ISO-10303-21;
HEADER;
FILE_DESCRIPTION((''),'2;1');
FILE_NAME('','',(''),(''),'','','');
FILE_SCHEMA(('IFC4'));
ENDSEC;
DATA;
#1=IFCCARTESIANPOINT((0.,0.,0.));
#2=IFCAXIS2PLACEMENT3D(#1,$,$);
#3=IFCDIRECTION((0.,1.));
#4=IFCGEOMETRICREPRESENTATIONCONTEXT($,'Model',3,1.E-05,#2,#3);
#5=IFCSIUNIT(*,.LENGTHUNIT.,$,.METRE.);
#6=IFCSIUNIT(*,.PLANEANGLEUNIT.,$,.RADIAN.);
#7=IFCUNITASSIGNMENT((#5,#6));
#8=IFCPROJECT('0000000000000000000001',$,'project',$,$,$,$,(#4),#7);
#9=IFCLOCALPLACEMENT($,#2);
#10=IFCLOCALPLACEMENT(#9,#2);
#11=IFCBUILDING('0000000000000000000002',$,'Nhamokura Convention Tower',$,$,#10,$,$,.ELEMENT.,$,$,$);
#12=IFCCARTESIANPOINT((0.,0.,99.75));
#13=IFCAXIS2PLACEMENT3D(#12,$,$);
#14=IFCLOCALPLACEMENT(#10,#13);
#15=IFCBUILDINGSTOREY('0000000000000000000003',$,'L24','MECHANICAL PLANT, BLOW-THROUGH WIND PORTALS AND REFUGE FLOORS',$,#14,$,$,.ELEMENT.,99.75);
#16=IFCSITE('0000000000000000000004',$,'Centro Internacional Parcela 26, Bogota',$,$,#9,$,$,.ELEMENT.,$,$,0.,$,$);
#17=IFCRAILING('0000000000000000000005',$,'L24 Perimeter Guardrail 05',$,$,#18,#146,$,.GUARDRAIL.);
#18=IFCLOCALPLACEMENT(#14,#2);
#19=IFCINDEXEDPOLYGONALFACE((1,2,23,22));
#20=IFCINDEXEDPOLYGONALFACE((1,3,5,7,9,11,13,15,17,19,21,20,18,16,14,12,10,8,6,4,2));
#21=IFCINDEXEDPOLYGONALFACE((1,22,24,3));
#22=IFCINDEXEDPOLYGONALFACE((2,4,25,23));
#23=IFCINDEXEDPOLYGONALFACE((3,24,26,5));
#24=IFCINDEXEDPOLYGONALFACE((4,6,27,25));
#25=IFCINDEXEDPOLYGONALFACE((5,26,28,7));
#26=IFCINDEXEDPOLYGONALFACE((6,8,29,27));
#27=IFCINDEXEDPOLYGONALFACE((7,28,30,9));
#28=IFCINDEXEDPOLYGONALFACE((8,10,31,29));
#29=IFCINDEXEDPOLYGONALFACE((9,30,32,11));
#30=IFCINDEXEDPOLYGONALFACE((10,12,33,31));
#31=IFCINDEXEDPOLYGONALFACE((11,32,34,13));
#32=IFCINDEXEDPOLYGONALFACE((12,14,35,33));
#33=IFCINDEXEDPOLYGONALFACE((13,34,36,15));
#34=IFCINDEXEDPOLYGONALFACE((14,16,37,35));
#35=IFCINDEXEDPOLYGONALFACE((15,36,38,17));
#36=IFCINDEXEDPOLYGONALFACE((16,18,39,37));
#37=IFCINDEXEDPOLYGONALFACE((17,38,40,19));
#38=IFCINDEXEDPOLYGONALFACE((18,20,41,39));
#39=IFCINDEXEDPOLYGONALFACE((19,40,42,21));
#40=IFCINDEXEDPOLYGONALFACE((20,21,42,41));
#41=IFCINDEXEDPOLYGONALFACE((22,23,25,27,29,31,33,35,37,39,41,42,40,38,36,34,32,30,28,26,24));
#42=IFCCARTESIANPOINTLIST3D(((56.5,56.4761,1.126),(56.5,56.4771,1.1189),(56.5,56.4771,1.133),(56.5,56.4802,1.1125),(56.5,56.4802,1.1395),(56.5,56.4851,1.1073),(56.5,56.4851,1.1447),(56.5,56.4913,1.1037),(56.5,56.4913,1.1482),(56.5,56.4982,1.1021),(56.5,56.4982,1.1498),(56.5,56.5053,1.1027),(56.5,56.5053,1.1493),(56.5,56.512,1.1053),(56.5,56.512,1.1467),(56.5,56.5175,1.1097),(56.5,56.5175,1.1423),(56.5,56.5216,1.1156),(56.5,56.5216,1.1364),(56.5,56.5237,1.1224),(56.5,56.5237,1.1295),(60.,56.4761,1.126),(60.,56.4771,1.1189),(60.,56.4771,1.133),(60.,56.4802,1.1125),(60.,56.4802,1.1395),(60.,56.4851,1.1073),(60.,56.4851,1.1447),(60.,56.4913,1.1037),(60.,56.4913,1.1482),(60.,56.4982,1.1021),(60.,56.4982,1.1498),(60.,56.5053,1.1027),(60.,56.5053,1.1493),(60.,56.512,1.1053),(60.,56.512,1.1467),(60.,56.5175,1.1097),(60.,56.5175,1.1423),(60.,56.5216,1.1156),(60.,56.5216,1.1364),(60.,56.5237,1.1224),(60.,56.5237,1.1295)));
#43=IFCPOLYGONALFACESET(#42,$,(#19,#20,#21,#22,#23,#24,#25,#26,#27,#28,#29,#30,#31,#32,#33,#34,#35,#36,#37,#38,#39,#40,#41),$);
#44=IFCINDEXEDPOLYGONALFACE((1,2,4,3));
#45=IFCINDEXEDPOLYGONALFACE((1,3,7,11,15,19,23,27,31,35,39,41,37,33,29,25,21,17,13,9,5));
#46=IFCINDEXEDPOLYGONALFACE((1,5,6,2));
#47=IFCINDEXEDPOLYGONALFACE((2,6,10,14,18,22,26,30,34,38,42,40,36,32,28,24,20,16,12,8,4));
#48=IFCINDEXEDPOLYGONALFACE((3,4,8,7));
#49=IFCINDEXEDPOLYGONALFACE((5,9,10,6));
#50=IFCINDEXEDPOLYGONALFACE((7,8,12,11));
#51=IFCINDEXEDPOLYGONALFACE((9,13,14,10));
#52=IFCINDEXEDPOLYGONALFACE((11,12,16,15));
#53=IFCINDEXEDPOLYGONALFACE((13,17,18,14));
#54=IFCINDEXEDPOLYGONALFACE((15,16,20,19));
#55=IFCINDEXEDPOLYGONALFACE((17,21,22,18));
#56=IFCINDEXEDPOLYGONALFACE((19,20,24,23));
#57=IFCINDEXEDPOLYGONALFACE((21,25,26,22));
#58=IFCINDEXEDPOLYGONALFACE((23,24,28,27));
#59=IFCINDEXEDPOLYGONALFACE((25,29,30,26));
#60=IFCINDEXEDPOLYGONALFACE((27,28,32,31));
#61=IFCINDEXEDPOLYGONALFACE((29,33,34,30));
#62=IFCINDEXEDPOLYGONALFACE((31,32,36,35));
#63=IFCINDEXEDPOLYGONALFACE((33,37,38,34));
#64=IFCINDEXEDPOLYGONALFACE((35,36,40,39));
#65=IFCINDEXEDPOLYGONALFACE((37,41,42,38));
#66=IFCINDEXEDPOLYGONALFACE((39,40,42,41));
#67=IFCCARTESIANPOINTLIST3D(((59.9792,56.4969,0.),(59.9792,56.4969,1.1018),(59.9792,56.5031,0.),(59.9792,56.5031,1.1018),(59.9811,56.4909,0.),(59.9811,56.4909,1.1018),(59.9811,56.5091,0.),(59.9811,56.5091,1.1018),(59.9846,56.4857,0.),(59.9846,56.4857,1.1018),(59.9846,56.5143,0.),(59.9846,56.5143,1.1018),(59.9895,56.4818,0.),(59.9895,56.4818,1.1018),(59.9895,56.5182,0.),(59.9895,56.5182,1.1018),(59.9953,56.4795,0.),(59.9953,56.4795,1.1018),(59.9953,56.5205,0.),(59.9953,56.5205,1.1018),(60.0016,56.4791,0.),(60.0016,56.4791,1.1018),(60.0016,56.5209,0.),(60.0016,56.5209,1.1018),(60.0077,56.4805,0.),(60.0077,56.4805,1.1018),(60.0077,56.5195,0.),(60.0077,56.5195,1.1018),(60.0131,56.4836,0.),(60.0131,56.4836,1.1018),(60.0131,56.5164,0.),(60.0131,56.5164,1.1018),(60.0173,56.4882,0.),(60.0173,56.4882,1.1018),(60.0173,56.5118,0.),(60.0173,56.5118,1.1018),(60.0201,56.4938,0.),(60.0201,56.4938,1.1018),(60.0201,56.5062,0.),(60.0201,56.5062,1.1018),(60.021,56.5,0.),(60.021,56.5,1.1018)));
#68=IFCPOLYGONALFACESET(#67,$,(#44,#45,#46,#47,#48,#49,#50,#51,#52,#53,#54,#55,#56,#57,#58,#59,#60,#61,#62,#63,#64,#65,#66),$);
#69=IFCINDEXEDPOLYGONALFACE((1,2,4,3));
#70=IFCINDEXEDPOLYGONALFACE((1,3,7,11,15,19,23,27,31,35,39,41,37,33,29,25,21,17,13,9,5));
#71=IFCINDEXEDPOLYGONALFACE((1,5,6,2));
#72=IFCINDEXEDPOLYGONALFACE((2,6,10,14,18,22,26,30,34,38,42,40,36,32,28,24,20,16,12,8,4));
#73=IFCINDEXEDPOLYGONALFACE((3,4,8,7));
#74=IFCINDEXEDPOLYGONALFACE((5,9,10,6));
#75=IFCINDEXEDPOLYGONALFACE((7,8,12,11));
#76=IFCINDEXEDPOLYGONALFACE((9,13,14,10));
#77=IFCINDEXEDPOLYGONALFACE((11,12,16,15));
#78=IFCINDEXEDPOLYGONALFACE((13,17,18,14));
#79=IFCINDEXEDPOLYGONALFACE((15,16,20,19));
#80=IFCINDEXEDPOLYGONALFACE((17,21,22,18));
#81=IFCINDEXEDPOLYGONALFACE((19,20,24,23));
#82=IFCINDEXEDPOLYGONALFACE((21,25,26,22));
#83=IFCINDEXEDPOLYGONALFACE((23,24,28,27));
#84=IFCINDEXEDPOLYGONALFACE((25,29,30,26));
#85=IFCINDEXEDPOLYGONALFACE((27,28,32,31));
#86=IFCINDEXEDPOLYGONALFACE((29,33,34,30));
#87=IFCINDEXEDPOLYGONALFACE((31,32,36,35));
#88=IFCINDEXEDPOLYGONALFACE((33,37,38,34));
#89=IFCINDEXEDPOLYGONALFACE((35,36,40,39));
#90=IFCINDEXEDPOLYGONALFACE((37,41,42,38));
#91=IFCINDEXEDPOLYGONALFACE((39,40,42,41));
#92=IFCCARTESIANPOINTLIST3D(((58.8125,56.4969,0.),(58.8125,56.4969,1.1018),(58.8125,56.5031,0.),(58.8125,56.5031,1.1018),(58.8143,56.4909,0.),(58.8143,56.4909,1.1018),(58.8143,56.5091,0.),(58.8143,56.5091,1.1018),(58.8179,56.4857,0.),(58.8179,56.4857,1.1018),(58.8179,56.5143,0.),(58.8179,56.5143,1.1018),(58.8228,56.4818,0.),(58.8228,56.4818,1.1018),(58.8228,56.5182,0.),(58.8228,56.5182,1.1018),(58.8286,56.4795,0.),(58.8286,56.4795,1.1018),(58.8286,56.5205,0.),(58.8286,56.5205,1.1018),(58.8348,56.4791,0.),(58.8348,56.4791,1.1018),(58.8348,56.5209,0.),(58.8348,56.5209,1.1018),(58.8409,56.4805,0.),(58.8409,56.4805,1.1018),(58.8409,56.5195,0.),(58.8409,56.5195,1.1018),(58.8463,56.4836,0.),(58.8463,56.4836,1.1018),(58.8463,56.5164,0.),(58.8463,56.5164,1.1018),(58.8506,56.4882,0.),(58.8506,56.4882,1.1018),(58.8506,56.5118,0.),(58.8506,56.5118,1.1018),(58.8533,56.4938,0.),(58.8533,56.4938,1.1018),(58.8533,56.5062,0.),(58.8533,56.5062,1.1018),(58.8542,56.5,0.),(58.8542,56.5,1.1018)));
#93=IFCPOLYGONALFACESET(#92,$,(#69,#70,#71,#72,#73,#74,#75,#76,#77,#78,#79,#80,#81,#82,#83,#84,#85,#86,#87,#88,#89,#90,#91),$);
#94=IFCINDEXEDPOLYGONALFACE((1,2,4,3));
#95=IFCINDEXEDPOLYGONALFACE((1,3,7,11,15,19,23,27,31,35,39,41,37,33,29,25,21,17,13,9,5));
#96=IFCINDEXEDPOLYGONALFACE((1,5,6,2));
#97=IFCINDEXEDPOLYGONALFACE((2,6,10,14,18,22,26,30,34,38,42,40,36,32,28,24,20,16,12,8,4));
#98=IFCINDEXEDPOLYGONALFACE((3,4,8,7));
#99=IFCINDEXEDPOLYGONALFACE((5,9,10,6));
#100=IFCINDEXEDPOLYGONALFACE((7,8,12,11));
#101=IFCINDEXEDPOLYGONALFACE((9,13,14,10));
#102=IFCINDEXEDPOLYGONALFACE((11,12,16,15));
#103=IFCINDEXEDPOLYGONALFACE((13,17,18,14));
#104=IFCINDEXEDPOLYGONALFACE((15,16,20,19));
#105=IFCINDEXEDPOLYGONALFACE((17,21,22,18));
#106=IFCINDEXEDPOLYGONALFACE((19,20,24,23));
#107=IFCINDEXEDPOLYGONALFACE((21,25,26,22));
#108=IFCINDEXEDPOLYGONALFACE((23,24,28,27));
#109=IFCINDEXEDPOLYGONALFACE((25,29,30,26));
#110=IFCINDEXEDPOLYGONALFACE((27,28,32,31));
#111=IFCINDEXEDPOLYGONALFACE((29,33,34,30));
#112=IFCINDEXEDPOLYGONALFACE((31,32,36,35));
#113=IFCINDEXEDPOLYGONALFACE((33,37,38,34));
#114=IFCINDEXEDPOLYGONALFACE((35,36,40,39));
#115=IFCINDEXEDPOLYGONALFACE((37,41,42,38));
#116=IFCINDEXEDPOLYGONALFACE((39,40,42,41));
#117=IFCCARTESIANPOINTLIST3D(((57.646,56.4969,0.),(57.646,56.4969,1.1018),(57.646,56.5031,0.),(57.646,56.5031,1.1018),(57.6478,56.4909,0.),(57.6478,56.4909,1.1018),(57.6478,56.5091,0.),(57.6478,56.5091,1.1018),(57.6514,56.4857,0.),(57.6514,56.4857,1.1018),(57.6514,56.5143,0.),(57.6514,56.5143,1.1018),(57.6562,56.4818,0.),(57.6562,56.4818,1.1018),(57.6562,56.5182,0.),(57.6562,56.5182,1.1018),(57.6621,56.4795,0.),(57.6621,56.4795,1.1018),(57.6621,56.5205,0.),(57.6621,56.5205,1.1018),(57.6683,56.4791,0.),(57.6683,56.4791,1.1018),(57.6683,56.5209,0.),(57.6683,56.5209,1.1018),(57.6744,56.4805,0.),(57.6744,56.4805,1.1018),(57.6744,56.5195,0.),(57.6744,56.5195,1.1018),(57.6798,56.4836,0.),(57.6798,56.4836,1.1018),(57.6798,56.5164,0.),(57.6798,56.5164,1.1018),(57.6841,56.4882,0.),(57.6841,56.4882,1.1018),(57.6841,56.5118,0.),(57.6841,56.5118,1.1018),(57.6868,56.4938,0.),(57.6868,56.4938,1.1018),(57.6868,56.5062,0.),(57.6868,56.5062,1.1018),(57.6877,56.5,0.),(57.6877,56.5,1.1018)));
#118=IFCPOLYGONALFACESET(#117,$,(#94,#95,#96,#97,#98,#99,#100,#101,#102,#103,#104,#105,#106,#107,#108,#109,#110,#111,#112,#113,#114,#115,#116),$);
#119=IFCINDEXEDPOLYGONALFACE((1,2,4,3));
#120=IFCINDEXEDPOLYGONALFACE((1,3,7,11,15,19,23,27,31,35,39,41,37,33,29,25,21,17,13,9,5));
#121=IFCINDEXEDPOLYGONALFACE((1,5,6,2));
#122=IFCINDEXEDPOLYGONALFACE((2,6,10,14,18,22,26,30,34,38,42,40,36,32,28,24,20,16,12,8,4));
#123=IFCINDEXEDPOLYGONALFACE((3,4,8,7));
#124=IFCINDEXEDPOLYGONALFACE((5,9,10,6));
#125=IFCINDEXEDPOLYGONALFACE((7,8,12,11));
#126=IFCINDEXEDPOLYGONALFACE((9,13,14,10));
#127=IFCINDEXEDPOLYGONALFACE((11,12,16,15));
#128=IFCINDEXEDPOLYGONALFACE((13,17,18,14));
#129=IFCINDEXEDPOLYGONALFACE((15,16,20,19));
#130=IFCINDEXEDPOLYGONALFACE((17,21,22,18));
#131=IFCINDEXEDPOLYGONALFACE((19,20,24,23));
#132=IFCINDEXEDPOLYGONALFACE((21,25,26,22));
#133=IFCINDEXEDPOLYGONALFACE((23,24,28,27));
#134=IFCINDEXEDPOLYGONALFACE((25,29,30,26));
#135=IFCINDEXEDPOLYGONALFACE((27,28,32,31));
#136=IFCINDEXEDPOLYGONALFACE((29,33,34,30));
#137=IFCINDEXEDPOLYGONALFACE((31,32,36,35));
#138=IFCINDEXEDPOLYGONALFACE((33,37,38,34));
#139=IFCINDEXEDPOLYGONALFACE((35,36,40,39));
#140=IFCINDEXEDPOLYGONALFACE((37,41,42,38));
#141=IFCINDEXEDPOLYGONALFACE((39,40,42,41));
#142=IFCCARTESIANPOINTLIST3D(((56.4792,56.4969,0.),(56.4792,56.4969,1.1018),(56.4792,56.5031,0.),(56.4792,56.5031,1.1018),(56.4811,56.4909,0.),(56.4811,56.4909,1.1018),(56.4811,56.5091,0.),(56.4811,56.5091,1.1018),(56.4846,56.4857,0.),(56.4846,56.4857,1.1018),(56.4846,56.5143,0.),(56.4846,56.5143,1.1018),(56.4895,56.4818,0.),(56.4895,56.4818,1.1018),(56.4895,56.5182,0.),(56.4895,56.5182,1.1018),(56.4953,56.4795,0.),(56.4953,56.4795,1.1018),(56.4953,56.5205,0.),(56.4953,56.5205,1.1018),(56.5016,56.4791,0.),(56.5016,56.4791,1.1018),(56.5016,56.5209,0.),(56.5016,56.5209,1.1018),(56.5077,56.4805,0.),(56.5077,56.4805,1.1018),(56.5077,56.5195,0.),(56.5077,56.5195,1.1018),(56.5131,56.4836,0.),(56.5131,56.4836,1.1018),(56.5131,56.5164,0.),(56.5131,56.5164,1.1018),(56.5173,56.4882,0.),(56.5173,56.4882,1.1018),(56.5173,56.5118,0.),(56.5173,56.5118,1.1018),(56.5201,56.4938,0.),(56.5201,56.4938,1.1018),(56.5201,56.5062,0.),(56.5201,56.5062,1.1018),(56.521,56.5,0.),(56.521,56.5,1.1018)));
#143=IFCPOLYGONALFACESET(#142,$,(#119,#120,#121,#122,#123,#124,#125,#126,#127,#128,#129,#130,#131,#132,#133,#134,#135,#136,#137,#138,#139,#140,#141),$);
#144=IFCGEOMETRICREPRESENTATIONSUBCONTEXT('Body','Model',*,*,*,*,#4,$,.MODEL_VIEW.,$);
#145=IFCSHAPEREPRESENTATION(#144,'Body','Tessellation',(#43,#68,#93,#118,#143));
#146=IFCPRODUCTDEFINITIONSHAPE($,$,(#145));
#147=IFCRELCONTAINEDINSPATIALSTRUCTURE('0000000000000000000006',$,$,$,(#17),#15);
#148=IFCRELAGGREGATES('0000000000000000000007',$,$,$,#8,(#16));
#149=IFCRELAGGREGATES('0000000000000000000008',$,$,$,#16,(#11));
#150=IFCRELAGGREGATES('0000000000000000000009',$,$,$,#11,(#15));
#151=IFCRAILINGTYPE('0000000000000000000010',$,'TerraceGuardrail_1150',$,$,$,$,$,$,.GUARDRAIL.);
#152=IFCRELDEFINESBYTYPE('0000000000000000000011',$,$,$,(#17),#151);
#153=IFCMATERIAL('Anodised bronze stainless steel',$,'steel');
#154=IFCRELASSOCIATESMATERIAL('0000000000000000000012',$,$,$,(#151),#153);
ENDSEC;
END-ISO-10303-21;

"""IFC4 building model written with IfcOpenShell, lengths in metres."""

from ifc_helpers import new_model, si_unit, direction, frame, origin, origin_2d, place, context, subcontext, project, spatial, circle, extrude, material, type_object, element, save


model = new_model("IFC4")

# Units and contexts
model_context = context("Model", 3, precision=1e-05, world=origin(), true_north=direction((0.0, 1.0)))
body_context = subcontext(model_context, "Body", "Model", "MODEL_VIEW")
ifc_project = project(units=[si_unit("LENGTHUNIT", "METRE"), si_unit("PLANEANGLEUNIT", "RADIAN")], contexts=[model_context])

# Site, building, storey
site_placement = place(None, origin())
site = spatial("IfcSite", under=ifc_project, at=site_placement, Name="Centro Internacional Parcela 26, Bogota", CompositionType="ELEMENT", RefElevation=0.0)
building_placement = place(site_placement, origin())
building = spatial("IfcBuilding", under=site, at=building_placement, Name="Nhamokura Convention Tower", CompositionType="ELEMENT")
storey_placement = place(building_placement, frame((0.0, 0.0, 99.75)))
storey = spatial("IfcBuildingStorey", under=building, at=storey_placement, Name="L24", Description="MECHANICAL PLANT, BLOW-THROUGH WIND PORTALS AND REFUGE FLOORS", CompositionType="ELEMENT", Elevation=99.75)

# Railing
ifc_material_1 = material(Name="Anodised bronze stainless steel", Category="steel")
railing_type = type_object("IfcRailingType", Name="TerraceGuardrail_1150", PredefinedType="GUARDRAIL", material=ifc_material_1)
railing_1_placement = place(storey_placement, frame((60.0, 56.5, 0.0)))
element("IfcRailing", 1, at=railing_1_placement, inside=storey, type_object=railing_type, Name="L24 Perimeter Guardrail 05", PredefinedType="GUARDRAIL", context=body_context, shape_type="SweptSolid", body=[
    extrude(circle(Radius=0.0239, at=origin_2d()), frame((0.0, 0.0, 1.126), z_axis=(-1.0, 0.0, 0.0), x_axis=(0.0, -1.0, 0.0)), (0.0, 0.0, 1.0), 3.5),
    extrude(circle(Radius=0.021, at=origin_2d()), origin(), (0.0, 0.0, 1.0), 1.1018),
    extrude(circle(Radius=0.021, at=origin_2d()), frame((-1.1667, 0.0, 0.0)), (0.0, 0.0, 1.0), 1.1018),
    extrude(circle(Radius=0.021, at=origin_2d()), frame((-2.3333, 0.0, 0.0)), (0.0, 0.0, 1.0), 1.1018),
    extrude(circle(Radius=0.021, at=origin_2d()), frame((-3.5, 0.0, 0.0)), (0.0, 0.0, 1.0), 1.1018),
])

save(model, "model.ifc")
